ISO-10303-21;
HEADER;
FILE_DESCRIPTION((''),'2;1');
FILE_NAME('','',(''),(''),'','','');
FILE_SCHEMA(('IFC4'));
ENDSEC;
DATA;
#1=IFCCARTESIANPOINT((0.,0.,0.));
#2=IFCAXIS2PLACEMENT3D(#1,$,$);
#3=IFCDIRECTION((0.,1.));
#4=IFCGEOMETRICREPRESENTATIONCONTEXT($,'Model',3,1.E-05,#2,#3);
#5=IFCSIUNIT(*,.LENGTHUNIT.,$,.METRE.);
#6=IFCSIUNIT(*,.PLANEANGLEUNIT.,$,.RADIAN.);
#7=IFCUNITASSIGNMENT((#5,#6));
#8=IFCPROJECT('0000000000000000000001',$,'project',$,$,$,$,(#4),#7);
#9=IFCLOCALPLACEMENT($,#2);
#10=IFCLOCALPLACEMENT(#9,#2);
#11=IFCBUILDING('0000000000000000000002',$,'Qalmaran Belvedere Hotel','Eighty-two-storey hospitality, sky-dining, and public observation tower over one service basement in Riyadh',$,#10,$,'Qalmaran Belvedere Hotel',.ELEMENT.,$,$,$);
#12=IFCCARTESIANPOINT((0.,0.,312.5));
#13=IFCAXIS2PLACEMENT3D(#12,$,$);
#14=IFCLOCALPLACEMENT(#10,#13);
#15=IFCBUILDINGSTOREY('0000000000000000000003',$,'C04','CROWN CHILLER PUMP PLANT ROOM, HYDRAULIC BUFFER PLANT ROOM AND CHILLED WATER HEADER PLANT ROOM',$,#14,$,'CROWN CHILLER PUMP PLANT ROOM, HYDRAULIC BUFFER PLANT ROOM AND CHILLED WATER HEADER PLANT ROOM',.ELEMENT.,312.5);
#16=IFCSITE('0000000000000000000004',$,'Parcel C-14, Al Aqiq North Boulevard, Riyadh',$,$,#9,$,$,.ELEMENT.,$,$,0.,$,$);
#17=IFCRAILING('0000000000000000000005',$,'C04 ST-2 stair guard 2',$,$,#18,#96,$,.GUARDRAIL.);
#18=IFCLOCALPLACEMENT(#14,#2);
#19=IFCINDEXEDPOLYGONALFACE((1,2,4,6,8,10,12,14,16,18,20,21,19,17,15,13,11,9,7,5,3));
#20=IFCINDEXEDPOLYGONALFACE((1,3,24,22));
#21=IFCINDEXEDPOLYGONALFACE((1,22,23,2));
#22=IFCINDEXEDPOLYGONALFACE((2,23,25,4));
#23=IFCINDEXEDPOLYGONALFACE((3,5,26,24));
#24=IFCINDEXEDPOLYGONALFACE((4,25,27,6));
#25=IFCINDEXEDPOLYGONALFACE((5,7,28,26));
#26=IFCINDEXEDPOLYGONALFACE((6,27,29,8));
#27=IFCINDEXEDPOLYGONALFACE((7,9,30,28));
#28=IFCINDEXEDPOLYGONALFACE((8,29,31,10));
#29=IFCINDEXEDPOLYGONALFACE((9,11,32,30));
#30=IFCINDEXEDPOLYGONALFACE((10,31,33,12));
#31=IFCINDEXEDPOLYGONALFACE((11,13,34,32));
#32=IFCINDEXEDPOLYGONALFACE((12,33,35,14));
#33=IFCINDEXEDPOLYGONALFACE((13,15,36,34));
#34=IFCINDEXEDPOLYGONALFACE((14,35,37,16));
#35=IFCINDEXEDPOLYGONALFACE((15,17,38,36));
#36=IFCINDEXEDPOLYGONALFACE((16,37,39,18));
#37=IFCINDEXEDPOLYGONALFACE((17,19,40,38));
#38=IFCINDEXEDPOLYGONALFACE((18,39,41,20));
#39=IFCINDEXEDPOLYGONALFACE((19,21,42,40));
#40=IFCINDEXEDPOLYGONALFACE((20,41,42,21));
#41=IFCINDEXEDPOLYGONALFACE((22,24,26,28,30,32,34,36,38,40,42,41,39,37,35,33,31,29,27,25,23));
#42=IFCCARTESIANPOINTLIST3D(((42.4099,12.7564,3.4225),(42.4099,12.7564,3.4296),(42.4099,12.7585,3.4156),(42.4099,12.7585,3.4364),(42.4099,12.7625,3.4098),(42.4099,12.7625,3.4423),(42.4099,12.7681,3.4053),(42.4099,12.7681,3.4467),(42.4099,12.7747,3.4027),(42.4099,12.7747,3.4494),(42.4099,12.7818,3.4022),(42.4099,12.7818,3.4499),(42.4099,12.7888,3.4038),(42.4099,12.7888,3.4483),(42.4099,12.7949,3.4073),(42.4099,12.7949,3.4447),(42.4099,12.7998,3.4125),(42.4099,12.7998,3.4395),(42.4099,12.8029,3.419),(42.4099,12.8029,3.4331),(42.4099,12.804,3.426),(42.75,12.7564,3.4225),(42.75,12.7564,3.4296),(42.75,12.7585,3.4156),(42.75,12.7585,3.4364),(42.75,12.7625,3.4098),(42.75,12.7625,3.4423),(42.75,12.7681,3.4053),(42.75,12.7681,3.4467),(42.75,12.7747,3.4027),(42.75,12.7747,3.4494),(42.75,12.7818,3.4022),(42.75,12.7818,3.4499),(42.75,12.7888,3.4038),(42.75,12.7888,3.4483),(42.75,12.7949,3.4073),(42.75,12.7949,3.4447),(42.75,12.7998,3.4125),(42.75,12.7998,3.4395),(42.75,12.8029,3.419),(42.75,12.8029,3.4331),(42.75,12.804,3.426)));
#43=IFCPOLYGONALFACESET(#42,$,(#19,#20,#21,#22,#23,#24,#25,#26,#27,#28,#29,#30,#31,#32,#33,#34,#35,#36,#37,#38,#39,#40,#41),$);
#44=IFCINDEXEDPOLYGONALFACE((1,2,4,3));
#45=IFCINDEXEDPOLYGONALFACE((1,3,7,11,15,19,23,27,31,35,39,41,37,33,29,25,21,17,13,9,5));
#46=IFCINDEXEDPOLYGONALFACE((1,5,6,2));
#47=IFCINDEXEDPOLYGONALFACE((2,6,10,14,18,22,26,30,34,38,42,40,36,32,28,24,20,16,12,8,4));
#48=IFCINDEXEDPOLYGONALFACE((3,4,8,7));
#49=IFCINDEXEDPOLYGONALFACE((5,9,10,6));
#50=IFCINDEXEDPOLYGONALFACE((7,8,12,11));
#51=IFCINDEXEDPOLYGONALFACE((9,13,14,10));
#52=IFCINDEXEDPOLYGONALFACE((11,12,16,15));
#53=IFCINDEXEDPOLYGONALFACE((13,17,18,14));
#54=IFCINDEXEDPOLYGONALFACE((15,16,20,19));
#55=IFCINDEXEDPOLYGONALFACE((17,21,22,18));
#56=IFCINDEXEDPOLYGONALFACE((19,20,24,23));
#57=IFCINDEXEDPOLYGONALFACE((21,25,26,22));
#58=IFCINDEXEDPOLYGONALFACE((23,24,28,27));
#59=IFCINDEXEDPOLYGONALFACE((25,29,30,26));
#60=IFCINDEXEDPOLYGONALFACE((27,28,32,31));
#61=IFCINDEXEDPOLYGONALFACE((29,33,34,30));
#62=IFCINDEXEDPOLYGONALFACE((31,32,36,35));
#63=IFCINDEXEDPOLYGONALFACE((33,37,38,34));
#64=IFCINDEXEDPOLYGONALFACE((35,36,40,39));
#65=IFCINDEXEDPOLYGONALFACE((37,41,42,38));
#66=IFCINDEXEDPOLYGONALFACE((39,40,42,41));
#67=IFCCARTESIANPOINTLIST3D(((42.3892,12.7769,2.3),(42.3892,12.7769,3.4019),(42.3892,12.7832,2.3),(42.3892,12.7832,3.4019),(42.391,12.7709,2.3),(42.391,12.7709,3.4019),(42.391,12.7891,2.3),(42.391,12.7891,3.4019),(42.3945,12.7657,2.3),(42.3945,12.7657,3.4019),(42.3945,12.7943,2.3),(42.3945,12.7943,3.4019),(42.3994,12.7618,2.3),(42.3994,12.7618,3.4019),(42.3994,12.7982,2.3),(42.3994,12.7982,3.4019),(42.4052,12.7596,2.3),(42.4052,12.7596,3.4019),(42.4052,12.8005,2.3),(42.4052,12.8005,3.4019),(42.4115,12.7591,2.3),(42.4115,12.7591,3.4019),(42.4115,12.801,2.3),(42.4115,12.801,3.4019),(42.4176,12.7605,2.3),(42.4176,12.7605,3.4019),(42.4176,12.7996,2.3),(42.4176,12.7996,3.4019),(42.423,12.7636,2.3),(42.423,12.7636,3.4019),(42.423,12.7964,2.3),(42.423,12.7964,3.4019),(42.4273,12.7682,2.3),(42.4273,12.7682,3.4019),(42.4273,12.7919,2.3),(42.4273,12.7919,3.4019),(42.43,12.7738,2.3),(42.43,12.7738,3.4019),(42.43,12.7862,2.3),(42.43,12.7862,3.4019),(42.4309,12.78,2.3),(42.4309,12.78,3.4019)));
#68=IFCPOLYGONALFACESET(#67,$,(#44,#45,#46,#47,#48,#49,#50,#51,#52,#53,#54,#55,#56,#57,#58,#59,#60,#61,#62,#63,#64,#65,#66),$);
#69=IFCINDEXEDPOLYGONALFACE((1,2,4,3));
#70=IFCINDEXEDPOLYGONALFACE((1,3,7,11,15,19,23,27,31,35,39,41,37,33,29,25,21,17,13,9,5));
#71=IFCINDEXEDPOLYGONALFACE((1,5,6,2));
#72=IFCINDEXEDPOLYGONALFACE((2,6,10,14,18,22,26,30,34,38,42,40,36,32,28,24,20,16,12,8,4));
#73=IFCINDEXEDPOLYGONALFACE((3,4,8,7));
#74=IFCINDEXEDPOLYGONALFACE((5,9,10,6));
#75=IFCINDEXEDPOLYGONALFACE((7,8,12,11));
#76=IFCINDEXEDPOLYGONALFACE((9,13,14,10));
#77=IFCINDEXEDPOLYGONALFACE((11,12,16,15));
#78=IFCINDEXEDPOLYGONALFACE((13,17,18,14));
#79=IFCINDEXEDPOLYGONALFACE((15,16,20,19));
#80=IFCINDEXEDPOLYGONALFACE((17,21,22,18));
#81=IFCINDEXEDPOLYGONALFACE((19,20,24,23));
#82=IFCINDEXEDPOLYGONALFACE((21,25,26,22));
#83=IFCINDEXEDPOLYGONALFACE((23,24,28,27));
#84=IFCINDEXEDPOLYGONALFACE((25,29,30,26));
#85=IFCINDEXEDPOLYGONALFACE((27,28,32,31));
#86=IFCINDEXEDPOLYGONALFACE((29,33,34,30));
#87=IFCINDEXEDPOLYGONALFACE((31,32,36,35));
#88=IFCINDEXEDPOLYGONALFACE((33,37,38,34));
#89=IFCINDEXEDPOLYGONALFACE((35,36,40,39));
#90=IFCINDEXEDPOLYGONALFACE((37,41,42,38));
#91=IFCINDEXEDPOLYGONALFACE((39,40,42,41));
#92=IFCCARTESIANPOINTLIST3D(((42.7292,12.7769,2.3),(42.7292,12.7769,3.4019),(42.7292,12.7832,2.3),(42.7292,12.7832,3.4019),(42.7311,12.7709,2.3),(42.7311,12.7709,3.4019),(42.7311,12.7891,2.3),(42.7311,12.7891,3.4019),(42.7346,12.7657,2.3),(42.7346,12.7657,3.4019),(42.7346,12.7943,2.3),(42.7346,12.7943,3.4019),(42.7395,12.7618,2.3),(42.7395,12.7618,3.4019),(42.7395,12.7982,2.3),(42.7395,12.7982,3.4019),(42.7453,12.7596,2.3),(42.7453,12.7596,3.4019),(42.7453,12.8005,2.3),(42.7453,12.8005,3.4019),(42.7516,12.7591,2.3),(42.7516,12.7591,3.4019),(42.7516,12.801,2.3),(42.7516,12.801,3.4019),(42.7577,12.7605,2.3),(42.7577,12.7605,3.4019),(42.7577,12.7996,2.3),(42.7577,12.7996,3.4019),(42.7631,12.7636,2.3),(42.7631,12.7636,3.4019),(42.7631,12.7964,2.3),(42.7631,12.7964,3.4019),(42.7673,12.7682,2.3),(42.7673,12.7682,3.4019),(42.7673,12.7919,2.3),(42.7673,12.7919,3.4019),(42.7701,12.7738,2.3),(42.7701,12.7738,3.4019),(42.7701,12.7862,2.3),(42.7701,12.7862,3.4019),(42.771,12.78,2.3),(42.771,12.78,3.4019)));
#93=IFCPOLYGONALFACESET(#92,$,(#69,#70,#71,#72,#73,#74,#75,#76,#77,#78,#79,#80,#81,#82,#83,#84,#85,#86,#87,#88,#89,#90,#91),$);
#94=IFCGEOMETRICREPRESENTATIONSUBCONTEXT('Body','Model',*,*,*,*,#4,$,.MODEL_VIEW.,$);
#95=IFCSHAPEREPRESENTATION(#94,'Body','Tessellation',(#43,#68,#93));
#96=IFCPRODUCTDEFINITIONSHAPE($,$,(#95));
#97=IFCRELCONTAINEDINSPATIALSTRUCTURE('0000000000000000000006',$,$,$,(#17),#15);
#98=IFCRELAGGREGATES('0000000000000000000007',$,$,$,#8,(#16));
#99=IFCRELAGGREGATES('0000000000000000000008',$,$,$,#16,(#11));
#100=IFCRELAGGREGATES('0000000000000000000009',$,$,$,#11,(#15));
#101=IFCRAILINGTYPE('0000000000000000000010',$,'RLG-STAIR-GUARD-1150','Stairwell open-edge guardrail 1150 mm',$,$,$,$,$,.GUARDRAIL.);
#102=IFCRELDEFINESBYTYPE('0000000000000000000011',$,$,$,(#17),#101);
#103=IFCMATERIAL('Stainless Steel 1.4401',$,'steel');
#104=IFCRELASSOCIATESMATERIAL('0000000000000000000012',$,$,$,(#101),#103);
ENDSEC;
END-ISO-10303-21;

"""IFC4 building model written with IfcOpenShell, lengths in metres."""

from ifc_helpers import new_model, si_unit, direction, frame, origin, origin_2d, place, context, subcontext, project, spatial, circle, extrude, material, type_object, element, save


model = new_model("IFC4")

# Units and contexts
model_context = context("Model", 3, precision=1e-05, world=origin(), true_north=direction((0.0, 1.0)))
body_context = subcontext(model_context, "Body", "Model", "MODEL_VIEW")
ifc_project = project(units=[si_unit("LENGTHUNIT", "METRE"), si_unit("PLANEANGLEUNIT", "RADIAN")], contexts=[model_context])

# Site, building, storey
site_placement = place(None, origin())
site = spatial("IfcSite", under=ifc_project, at=site_placement, Name="Parcel C-14, Al Aqiq North Boulevard, Riyadh", CompositionType="ELEMENT", RefElevation=0.0)
building_placement = place(site_placement, origin())
building = spatial("IfcBuilding", under=site, at=building_placement, Name="Qalmaran Belvedere Hotel", Description="Eighty-two-storey hospitality, sky-dining, and public observation tower over one service basement in Riyadh", LongName="Qalmaran Belvedere Hotel", CompositionType="ELEMENT")
storey_placement = place(building_placement, frame((0.0, 0.0, 312.5)))
storey = spatial("IfcBuildingStorey", under=building, at=storey_placement, Name="C04", Description="CROWN CHILLER PUMP PLANT ROOM, HYDRAULIC BUFFER PLANT ROOM AND CHILLED WATER HEADER PLANT ROOM", LongName="CROWN CHILLER PUMP PLANT ROOM, HYDRAULIC BUFFER PLANT ROOM AND CHILLED WATER HEADER PLANT ROOM", CompositionType="ELEMENT", Elevation=312.5)

# Railing
ifc_material_1 = material(Name="Stainless Steel 1.4401", Category="steel")
railing_type_1 = type_object("IfcRailingType", Name="RLG-STAIR-GUARD-1150", Description="Stairwell open-edge guardrail 1150 mm", PredefinedType="GUARDRAIL", material=ifc_material_1)
railing_1_placement = place(storey_placement, frame((42.4099, 12.78, 2.3)))
element("IfcRailing", 1, at=railing_1_placement, inside=storey, type_object=railing_type_1, Name="C04 ST-2 stair guard 2", PredefinedType="GUARDRAIL", context=body_context, shape_type="SweptSolid", body=[
    extrude(circle(Radius=0.0239, at=origin_2d()), frame((0.0, 0.0, 1.126), z_axis=(1.0, 0.0, 0.0), x_axis=(0.0, 1.0, 0.0)), (0.0, 0.0, 1.0), 0.3401),
    extrude(circle(Radius=0.021, at=origin_2d()), origin(), (0.0, 0.0, 1.0), 1.1018),
    extrude(circle(Radius=0.021, at=origin_2d()), frame((0.3401, 0.0, 0.0)), (0.0, 0.0, 1.0), 1.1018),
])

save(model, "model.ifc")
